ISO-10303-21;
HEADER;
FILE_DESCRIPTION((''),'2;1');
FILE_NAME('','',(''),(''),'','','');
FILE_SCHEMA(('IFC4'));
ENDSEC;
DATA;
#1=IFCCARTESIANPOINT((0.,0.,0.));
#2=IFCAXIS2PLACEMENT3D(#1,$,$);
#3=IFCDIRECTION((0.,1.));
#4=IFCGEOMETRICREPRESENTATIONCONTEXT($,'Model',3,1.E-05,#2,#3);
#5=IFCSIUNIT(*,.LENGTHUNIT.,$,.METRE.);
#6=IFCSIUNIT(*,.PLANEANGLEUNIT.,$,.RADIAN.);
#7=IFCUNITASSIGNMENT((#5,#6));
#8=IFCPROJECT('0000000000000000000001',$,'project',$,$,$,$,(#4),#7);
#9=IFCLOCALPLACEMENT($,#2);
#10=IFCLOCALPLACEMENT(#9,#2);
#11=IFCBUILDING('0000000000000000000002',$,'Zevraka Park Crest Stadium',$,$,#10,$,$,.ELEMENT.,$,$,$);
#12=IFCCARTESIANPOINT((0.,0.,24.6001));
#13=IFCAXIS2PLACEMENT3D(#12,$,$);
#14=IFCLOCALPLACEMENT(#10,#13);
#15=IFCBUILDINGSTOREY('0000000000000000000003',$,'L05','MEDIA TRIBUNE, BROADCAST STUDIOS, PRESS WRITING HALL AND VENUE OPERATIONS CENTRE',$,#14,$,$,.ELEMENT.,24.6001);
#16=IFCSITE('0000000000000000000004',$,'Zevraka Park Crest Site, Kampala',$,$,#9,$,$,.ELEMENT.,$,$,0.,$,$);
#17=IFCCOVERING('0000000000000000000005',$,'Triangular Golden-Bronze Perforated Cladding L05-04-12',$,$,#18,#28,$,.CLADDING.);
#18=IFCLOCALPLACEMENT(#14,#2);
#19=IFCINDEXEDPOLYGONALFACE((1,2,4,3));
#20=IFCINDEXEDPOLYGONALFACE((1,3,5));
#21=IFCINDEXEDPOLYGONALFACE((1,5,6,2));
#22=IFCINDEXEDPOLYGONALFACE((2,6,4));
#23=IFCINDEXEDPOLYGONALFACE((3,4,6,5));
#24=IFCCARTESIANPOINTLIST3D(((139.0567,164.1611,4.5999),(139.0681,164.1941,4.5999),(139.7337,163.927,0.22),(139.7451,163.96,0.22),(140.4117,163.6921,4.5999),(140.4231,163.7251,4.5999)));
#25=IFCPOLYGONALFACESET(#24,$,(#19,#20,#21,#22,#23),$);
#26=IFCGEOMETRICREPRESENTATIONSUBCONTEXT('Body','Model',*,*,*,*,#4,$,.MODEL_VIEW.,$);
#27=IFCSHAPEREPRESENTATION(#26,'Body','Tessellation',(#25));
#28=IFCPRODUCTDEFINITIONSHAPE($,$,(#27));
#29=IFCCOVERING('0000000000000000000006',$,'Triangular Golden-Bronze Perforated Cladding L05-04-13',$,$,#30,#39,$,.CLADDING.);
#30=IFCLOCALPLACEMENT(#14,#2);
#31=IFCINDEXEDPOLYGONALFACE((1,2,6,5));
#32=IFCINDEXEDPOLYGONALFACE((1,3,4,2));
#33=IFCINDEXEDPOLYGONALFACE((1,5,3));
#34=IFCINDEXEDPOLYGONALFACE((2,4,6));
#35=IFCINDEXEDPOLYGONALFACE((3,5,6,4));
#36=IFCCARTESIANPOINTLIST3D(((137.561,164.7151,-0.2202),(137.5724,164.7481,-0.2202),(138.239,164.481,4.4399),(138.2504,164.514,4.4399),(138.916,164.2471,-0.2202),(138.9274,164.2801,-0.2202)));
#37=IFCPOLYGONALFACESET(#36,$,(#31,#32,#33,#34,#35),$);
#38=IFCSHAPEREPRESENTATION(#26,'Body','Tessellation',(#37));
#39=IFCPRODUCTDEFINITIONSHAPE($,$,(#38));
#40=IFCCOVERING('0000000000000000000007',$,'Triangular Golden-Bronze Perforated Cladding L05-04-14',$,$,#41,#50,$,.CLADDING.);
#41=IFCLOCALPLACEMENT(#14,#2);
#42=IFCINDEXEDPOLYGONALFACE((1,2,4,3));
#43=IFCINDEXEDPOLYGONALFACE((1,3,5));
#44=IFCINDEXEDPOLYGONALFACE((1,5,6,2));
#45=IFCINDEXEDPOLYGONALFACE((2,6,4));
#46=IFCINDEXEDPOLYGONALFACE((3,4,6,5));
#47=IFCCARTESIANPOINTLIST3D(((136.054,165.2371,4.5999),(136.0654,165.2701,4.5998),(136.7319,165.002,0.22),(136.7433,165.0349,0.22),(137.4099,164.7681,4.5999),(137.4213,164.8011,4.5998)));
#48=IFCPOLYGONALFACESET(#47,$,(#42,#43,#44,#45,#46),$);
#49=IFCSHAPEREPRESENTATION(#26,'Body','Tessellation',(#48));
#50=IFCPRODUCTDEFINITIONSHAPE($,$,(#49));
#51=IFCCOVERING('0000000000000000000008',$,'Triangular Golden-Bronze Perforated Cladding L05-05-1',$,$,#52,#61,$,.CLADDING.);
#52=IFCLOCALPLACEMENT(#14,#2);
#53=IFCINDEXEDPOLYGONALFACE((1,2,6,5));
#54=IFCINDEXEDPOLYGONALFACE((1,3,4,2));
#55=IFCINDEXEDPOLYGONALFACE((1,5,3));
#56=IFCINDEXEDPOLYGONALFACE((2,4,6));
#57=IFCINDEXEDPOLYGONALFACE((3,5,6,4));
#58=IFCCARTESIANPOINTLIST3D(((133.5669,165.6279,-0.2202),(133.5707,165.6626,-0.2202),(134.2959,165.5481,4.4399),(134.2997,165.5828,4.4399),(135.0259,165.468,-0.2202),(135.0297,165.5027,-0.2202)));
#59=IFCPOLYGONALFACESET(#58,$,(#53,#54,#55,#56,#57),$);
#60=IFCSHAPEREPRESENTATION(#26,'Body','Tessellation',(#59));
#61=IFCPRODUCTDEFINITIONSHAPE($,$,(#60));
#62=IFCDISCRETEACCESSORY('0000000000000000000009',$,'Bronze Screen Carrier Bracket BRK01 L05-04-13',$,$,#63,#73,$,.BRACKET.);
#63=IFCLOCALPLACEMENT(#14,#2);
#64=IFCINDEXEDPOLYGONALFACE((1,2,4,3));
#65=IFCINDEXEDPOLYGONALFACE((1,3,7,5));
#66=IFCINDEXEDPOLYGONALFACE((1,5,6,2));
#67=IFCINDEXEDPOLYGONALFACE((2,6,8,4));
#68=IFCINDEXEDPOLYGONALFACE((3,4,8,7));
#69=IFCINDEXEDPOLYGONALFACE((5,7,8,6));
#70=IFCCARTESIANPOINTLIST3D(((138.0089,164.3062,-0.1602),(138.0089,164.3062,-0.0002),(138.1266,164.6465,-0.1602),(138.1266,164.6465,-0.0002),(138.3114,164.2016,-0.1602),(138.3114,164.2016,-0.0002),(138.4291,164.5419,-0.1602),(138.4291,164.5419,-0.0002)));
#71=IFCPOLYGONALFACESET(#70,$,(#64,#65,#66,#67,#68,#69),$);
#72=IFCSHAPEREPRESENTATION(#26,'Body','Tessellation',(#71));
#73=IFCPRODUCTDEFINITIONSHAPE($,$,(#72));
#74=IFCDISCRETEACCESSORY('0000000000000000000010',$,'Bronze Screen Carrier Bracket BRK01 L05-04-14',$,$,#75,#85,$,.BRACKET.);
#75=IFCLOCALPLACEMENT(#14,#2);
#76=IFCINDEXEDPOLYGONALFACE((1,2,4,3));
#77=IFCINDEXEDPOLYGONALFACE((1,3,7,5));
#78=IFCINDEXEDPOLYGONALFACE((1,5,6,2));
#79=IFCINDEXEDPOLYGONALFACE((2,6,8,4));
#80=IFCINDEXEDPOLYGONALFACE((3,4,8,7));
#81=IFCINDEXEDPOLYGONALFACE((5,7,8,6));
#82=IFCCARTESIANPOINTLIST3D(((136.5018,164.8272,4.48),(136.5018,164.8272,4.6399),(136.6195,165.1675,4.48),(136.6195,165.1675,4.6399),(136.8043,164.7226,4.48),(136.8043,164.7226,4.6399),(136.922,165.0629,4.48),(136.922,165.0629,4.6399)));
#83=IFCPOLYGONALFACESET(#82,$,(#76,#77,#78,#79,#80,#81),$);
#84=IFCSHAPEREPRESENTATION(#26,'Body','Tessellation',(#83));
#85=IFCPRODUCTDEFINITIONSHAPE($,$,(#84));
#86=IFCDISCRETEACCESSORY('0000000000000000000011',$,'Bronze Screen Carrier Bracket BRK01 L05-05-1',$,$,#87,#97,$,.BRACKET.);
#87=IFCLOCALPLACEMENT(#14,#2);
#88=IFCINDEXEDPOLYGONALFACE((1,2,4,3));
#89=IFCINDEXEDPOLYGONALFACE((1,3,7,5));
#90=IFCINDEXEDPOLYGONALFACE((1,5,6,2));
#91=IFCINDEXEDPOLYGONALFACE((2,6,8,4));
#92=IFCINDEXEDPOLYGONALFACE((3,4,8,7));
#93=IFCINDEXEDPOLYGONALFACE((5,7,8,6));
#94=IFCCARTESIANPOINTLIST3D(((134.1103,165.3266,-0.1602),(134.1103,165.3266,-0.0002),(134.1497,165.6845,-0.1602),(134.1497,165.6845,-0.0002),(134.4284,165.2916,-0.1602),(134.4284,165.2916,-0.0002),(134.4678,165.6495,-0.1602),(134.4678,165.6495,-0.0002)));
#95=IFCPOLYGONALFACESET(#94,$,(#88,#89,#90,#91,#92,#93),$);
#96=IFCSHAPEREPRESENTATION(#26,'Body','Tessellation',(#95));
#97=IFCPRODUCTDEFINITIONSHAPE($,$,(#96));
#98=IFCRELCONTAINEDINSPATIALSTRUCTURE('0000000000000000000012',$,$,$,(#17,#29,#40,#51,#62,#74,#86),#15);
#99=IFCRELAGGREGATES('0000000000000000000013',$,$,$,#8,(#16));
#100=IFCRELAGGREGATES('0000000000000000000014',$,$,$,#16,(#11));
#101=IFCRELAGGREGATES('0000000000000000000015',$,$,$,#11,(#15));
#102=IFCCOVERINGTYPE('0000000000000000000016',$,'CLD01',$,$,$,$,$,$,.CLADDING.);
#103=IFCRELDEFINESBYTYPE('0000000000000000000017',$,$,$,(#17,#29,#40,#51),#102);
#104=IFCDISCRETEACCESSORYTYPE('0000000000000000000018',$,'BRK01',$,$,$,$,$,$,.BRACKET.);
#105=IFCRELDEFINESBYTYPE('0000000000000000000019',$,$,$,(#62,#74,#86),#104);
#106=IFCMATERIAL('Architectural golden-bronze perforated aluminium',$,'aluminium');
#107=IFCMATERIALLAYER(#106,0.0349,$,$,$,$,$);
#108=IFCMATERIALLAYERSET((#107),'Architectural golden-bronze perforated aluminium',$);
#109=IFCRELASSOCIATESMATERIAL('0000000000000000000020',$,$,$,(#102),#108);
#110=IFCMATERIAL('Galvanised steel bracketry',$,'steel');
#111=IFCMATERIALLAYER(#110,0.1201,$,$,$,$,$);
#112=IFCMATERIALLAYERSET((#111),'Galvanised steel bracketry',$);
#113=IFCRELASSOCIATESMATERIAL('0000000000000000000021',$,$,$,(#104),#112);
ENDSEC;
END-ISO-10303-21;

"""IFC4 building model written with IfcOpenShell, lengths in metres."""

from ifc_helpers import new_model, si_unit, direction, frame, origin, origin_2d, place, context, subcontext, project, spatial, polyline, rectangle, outline, extrude, material, layer, layer_set, type_object, element, save


model = new_model("IFC4")

# Units and contexts
model_context = context("Model", 3, precision=1e-05, world=origin(), true_north=direction((0.0, 1.0)))
body_context = subcontext(model_context, "Body", "Model", "MODEL_VIEW")
ifc_project = project(units=[si_unit("LENGTHUNIT", "METRE"), si_unit("PLANEANGLEUNIT", "RADIAN")], contexts=[model_context])

# Site, building, storey
site_placement = place(None, origin())
site = spatial("IfcSite", under=ifc_project, at=site_placement, Name="Zevraka Park Crest Site, Kampala", CompositionType="ELEMENT", RefElevation=0.0)
building_placement = place(site_placement, origin())
building = spatial("IfcBuilding", under=site, at=building_placement, Name="Zevraka Park Crest Stadium", CompositionType="ELEMENT")
storey_placement = place(building_placement, frame((0.0, 0.0, 24.6001)))
storey = spatial("IfcBuildingStorey", under=building, at=storey_placement, Name="L05", Description="MEDIA TRIBUNE, BROADCAST STUDIOS, PRESS WRITING HALL AND VENUE OPERATIONS CENTRE", CompositionType="ELEMENT", Elevation=24.6001)

# Coverings
ifc_material_1 = material(Name="Architectural golden-bronze perforated aluminium", Category="aluminium")
ifc_layer_1 = layer(ifc_material_1, 0.0349)
ifc_layer_set_1 = layer_set([ifc_layer_1], Name="Architectural golden-bronze perforated aluminium")
covering_type = type_object("IfcCoveringType", Name="CLD01", PredefinedType="CLADDING", material=ifc_layer_set_1)
covering_1_placement = place(storey_placement, frame((139.0681, 164.1941, 4.5999), z_axis=(0.327087, 0.944994, 0.000043), x_axis=(0.944994, -0.327087, 0.0)))
element("IfcCovering", 1, at=covering_1_placement, inside=storey, type_object=covering_type, Name="Triangular Golden-Bronze Perforated Cladding L05-04-12", PredefinedType="CLADDING", context=body_context, shape_type="SweptSolid", body=[
    extrude(outline(polyline([(0.0, 0.0), (1.4339, 0.0), (0.7163, 4.3799), (0.0, 0.0)])), origin(), (0.0, 0.0, -1.0), 0.0349),
])
covering_2_placement = place(storey_placement, frame((138.916, 164.2471, -0.2202), z_axis=(-0.326479, -0.945205, 0.000009), x_axis=(-0.945205, 0.326479, 0.0)))
element("IfcCovering", 2, at=covering_2_placement, inside=storey, type_object=covering_type, Name="Triangular Golden-Bronze Perforated Cladding L05-04-13", PredefinedType="CLADDING", context=body_context, shape_type="SweptSolid", body=[
    extrude(outline(polyline([(0.0, 0.0), (1.4335, 0.0), (0.7163, -4.6602), (0.0, 0.0)])), origin(), (0.0, 0.0, -1.0), 0.0349),
])
covering_3_placement = place(storey_placement, frame((136.054, 165.2371, 4.5999), z_axis=(-0.326877, -0.945067, 0.000132), x_axis=(0.945067, -0.326877, 0.0)))
element("IfcCovering", 3, at=covering_3_placement, inside=storey, type_object=covering_type, Name="Triangular Golden-Bronze Perforated Cladding L05-04-14", PredefinedType="CLADDING", context=body_context, shape_type="SweptSolid", body=[
    extrude(outline(polyline([(0.0, 0.0), (1.4348, 0.0), (0.7176, -4.3799), (0.0, 0.0)])), origin(), (0.0, 0.0, -1.0), 0.0349),
])
covering_4_placement = place(storey_placement, frame((135.0259, 165.468, -0.2202), z_axis=(-0.108953, -0.994047, 0.000015), x_axis=(-0.994047, 0.108953, 0.0)))
element("IfcCovering", 4, at=covering_4_placement, inside=storey, type_object=covering_type, Name="Triangular Golden-Bronze Perforated Cladding L05-05-1", PredefinedType="CLADDING", context=body_context, shape_type="SweptSolid", body=[
    extrude(outline(polyline([(0.0, 0.0), (1.4677, 0.0), (0.7344, -4.6602), (0.0, 0.0)])), origin(), (0.0, 0.0, -1.0), 0.0349),
])

# Discrete accessories
ifc_material_2 = material(Name="Galvanised steel bracketry", Category="steel")
ifc_layer_2 = layer(ifc_material_2, 0.1201)
ifc_layer_set_2 = layer_set([ifc_layer_2], Name="Galvanised steel bracketry")
discrete_accessory_type = type_object("IfcDiscreteAccessoryType", Name="BRK01", PredefinedType="BRACKET", material=ifc_layer_set_2)
for number, where, z_axis, x_axis, name in (
    (5, (138.219, 164.4241, -0.1602), (0.0, 0.0, 1.0), (-0.945063, 0.326888, 0.0), "Bronze Screen Carrier Bracket BRK01 L05-04-13"),
    (6, (136.7119, 164.9451, 4.48), (0.0, 0.0, 1.0), (-0.945063, 0.326888, 0.0), "Bronze Screen Carrier Bracket BRK01 L05-04-14"),
    (7, (134.2891, 165.488, -0.1602), (0.0, 0.0, 1.0), (-0.993999, 0.109387, 0.0), "Bronze Screen Carrier Bracket BRK01 L05-05-1"),
):
    element("IfcDiscreteAccessory", number, at=place(storey_placement, frame(where, z_axis=z_axis, x_axis=x_axis)), inside=storey, type_object=discrete_accessory_type, Name=name, PredefinedType="BRACKET", context=body_context, shape_type="SweptSolid", body=[
        extrude(rectangle(XDim=0.3201, YDim=0.3601, at=origin_2d()), origin(), (0.0, 0.0, 1.0), 0.1599),
    ])

save(model, "model.ifc")
